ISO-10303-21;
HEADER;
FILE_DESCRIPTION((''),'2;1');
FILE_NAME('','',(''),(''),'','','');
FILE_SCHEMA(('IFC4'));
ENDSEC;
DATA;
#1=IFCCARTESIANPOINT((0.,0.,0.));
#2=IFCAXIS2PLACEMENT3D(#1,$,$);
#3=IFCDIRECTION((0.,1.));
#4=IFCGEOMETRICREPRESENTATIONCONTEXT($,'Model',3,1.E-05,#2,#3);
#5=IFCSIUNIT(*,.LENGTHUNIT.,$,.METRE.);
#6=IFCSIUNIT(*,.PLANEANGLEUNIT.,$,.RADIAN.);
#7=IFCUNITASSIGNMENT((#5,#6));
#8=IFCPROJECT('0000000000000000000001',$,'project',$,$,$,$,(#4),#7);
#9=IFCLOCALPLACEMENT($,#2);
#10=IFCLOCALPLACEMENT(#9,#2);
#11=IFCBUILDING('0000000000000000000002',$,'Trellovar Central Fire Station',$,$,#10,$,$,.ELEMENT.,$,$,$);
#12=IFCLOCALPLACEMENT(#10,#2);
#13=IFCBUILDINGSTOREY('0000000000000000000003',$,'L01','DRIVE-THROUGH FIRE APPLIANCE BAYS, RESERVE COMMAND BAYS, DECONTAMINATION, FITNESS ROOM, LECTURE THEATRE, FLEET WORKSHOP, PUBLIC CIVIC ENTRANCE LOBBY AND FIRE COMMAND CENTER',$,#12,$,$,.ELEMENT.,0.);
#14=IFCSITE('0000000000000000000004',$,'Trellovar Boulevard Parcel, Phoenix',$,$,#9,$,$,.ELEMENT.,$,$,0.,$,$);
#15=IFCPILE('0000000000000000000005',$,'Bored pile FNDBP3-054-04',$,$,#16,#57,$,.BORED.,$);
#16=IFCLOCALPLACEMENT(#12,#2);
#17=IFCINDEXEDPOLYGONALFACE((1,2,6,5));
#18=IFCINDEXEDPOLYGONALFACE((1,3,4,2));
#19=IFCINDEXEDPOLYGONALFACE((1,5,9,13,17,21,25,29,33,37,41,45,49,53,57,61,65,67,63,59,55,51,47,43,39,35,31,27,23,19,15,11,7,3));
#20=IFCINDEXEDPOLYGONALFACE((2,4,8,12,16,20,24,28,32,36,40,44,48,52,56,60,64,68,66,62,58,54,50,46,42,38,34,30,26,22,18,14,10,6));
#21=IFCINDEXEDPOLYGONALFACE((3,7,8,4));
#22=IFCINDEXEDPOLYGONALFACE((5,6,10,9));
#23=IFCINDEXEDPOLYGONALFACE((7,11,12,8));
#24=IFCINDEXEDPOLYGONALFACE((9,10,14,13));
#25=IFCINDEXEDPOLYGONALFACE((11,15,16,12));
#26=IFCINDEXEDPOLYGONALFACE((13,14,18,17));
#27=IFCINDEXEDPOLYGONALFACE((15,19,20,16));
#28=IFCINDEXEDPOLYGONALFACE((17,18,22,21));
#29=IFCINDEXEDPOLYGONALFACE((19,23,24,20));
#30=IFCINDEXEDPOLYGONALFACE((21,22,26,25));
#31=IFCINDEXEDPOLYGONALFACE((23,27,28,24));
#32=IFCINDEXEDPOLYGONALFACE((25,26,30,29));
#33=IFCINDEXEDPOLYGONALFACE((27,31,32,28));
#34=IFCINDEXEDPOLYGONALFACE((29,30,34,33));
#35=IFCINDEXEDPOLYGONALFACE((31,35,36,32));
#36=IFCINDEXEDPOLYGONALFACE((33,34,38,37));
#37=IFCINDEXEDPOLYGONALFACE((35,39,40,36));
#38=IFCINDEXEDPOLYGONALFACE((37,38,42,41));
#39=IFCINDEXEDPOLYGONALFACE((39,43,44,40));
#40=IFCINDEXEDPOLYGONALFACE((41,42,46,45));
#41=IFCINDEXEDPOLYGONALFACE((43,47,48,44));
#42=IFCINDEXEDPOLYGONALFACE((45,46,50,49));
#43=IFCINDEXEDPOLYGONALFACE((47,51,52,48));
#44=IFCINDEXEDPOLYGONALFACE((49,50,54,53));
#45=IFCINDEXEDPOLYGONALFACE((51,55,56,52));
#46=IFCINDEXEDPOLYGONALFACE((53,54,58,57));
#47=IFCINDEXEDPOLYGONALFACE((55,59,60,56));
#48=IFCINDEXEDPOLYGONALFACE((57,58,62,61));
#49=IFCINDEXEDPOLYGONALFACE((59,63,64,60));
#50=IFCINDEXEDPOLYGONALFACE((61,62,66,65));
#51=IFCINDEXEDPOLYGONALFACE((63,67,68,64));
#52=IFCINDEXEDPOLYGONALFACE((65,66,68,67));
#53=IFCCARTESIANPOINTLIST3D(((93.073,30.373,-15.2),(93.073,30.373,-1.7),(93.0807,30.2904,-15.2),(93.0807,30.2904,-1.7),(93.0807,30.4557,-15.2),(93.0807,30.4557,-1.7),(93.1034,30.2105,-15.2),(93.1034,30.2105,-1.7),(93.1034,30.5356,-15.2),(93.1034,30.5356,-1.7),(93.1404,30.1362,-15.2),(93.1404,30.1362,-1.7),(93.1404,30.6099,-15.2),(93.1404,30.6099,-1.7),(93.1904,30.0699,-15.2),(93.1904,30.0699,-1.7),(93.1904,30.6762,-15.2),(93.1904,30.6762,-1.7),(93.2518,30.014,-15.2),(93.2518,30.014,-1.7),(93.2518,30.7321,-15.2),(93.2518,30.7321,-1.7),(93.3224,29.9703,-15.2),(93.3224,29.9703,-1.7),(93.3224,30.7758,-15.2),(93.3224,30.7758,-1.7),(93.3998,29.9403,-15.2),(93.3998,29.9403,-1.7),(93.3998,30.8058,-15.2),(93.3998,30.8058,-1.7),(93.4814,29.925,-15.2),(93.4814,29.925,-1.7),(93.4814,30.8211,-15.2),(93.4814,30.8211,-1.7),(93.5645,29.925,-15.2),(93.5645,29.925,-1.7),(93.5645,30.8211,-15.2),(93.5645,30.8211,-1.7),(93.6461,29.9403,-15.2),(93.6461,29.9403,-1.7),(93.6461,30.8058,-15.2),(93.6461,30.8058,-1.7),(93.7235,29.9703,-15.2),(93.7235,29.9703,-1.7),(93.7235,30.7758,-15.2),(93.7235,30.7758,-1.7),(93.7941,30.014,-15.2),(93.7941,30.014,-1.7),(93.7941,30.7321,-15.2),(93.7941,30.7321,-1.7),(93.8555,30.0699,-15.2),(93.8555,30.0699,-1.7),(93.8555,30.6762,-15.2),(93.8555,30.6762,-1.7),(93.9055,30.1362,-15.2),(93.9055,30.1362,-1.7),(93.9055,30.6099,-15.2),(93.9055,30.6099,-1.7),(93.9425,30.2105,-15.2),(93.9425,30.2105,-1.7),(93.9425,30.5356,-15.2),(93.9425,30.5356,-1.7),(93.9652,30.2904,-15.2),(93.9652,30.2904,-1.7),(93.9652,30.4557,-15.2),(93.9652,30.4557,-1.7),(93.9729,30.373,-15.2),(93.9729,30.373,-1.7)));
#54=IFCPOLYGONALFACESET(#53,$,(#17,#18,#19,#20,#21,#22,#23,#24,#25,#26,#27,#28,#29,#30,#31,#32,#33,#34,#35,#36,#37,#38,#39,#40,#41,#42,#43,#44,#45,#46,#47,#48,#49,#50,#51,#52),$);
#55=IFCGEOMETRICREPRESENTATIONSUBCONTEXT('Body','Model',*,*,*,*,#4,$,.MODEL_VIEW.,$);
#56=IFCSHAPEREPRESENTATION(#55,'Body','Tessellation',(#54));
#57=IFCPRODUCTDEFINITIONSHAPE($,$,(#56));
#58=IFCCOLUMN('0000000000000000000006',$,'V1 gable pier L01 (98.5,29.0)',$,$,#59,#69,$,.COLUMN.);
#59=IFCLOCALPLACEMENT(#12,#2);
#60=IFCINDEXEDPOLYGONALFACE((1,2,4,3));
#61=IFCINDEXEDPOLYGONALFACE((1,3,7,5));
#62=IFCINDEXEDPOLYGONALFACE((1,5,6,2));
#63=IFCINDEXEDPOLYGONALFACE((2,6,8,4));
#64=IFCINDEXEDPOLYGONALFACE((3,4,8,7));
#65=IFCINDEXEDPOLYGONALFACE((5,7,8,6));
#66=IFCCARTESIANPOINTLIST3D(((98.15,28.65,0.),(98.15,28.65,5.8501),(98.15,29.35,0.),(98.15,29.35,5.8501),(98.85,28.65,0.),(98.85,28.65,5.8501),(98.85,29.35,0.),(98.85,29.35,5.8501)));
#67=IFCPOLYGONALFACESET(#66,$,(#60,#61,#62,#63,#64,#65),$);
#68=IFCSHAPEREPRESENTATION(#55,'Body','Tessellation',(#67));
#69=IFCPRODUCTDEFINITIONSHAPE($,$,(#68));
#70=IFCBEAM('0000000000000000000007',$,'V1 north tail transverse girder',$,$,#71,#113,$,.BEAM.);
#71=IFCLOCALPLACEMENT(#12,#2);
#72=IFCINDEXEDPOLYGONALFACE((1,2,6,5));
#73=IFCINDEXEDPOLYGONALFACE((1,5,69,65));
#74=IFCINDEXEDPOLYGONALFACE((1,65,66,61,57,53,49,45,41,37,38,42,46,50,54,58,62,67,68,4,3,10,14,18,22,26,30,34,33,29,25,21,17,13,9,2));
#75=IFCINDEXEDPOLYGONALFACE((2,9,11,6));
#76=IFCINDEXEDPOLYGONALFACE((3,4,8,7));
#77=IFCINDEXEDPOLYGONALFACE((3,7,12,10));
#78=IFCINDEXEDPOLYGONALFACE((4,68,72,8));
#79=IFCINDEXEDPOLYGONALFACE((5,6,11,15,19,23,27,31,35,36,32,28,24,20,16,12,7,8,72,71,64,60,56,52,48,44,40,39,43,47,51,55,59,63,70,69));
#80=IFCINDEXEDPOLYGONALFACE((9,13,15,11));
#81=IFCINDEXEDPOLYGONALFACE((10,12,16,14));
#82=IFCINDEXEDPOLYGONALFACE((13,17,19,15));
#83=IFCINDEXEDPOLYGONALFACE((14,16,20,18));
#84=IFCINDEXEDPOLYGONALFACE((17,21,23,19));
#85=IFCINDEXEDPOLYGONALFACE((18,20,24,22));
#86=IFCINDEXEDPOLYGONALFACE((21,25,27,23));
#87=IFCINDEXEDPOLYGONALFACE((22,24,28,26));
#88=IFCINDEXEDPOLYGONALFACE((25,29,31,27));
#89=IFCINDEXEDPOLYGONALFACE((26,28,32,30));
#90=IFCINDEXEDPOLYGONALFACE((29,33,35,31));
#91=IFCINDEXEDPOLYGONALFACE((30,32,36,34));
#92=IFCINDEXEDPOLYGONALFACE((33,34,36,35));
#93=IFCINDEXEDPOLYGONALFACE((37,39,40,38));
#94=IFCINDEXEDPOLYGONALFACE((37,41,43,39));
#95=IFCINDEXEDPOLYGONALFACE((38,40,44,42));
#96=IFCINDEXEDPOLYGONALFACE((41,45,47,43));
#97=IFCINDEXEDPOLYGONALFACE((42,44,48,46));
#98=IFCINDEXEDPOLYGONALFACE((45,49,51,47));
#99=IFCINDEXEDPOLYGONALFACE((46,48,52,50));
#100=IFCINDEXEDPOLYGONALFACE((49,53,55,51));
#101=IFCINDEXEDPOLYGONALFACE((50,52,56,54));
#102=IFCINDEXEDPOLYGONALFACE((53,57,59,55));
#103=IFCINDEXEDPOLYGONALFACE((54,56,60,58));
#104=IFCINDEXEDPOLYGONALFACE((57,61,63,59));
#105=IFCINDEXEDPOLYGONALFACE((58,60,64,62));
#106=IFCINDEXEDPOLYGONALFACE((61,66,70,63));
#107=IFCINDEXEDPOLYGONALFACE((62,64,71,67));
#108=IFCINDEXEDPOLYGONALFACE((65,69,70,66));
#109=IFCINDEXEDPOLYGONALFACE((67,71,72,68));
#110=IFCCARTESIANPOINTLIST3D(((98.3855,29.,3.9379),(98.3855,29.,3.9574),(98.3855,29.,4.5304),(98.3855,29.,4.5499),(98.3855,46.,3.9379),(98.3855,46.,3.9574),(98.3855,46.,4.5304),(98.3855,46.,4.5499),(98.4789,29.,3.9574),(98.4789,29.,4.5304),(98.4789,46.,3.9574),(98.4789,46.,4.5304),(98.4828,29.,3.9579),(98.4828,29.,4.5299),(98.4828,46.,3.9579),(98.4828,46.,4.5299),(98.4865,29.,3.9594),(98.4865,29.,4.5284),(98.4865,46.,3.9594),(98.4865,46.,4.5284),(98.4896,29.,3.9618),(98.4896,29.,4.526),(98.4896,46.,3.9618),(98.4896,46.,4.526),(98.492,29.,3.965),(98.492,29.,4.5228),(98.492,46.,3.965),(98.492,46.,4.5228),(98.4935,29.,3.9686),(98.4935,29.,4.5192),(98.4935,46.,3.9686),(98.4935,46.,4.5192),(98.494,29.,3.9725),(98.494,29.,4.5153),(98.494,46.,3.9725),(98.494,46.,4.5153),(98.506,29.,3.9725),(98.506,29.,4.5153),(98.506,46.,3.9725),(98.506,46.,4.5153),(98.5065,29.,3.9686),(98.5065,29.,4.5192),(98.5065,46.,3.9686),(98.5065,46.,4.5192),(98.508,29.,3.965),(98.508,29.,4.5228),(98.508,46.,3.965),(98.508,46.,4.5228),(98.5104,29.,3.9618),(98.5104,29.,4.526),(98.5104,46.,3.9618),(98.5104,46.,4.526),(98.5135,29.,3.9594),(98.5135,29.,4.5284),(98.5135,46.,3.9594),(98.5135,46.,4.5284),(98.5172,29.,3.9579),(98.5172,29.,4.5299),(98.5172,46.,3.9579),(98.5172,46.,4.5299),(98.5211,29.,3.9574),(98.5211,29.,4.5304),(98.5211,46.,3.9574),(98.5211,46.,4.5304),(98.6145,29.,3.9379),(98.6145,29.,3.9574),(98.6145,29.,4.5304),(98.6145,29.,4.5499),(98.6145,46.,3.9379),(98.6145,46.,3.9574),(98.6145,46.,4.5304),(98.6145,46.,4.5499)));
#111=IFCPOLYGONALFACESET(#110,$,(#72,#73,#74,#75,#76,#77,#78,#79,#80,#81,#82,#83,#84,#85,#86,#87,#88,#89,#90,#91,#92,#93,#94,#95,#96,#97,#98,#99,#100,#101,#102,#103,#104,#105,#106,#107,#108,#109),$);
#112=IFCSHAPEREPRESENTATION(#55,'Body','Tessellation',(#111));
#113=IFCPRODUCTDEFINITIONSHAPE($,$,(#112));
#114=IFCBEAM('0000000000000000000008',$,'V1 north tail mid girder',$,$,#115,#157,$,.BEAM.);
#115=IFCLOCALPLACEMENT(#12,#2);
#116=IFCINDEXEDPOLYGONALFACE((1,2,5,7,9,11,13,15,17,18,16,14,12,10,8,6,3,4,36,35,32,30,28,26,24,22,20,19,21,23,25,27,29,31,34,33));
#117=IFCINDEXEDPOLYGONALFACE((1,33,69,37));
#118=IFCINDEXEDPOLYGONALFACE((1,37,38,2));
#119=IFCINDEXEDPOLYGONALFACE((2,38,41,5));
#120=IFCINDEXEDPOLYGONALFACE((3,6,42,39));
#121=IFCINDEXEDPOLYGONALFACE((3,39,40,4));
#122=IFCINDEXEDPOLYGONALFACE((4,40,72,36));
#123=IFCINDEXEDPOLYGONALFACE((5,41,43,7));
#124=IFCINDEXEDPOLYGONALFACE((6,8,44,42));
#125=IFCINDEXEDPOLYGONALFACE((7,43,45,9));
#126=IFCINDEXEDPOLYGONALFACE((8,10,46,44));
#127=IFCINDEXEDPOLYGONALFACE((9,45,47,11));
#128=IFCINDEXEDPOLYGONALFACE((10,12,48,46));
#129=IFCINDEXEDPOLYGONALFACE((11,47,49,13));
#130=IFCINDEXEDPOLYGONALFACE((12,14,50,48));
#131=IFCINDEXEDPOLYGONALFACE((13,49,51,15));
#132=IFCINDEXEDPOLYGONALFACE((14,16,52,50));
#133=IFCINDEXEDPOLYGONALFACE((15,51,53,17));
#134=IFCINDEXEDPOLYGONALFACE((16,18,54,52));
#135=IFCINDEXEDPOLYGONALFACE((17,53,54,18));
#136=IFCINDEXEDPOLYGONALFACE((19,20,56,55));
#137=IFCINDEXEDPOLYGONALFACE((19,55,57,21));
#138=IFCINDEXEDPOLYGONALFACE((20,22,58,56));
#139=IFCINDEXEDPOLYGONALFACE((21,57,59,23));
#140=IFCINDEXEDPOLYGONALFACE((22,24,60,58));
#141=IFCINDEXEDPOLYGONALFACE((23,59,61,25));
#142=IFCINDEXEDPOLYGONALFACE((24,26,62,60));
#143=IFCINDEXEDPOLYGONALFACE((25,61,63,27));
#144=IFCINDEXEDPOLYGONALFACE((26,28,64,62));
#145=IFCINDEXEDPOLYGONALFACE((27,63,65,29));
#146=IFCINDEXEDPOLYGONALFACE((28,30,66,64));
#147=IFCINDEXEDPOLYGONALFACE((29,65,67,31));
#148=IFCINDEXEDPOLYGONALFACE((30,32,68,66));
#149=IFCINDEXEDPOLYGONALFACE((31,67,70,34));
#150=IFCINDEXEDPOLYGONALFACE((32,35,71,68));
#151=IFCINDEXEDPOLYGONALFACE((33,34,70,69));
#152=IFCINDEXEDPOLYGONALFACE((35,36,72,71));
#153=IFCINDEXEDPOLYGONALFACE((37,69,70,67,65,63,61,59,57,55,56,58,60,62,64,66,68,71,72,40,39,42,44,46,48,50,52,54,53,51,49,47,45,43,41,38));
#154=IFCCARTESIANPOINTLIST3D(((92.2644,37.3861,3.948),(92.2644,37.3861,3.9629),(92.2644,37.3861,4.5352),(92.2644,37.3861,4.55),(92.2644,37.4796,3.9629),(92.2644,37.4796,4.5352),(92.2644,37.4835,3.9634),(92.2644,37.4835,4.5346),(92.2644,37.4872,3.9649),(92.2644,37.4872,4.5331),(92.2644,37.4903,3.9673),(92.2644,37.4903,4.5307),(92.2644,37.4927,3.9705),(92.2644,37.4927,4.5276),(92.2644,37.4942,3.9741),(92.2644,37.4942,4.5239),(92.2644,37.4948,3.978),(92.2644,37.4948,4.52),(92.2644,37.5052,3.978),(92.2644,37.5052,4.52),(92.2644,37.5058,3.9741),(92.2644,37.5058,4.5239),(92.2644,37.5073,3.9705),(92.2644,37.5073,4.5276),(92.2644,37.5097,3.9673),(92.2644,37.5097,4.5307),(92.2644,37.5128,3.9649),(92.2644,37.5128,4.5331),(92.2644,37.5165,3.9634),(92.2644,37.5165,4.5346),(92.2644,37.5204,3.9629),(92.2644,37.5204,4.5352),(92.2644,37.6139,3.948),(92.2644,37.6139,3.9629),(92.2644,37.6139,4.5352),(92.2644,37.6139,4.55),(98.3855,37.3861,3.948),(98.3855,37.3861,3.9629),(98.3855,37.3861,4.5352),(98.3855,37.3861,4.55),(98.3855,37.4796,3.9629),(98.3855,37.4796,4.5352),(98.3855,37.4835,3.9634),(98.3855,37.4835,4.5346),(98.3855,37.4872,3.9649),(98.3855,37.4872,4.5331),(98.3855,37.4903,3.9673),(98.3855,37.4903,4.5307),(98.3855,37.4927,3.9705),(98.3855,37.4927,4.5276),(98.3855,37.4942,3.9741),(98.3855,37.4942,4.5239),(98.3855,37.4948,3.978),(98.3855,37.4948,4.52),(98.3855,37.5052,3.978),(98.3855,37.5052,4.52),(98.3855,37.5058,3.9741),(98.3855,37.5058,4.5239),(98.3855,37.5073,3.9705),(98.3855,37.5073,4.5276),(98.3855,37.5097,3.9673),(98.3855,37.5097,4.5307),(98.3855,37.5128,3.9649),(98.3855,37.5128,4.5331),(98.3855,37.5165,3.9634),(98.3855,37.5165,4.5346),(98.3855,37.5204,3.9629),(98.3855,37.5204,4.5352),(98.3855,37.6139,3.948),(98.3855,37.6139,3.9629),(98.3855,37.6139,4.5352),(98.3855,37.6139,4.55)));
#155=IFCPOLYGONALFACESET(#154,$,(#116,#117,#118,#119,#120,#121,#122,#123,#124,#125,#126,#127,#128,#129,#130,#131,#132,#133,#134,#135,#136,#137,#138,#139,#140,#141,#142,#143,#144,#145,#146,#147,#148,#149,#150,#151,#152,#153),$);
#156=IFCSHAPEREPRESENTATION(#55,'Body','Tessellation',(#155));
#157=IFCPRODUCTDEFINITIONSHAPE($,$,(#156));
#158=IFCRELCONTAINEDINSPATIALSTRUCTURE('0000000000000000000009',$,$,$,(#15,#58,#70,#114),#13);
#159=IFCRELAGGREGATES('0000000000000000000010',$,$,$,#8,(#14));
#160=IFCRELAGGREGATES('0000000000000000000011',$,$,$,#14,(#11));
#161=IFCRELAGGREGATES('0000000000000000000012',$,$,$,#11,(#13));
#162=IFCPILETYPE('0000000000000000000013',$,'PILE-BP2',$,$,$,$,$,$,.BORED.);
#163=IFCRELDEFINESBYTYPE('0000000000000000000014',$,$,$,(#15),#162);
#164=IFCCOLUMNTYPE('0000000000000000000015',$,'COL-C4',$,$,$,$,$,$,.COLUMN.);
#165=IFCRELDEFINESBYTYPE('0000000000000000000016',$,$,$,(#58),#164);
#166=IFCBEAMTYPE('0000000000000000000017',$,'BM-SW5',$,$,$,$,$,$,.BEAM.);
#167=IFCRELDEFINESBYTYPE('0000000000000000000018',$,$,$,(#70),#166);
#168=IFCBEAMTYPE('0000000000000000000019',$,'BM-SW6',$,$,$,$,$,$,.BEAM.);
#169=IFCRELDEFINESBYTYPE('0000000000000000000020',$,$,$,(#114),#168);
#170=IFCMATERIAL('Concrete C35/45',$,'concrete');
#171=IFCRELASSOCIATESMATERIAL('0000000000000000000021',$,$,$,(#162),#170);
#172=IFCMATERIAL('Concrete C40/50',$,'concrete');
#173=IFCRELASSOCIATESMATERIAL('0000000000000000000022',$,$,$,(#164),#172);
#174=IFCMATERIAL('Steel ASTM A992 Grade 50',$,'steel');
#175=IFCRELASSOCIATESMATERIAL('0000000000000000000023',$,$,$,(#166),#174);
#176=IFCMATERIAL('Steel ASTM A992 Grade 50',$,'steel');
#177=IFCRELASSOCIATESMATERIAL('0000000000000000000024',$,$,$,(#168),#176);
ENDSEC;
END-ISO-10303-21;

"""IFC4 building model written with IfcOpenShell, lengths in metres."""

from ifc_helpers import new_model, si_unit, direction, frame, origin, origin_2d, place, context, subcontext, project, spatial, rectangle, circle, i_section, extrude, material, material_profile, profile_set, type_object, element, save


model = new_model("IFC4")

# Units and contexts
model_context = context("Model", 3, precision=1e-05, world=origin(), true_north=direction((0.0, 1.0)))
body_context = subcontext(model_context, "Body", "Model", "MODEL_VIEW")
ifc_project = project(units=[si_unit("LENGTHUNIT", "METRE"), si_unit("PLANEANGLEUNIT", "RADIAN")], contexts=[model_context])

# Site, building, storey
site_placement = place(None, origin())
site = spatial("IfcSite", under=ifc_project, at=site_placement, Name="Trellovar Boulevard Parcel, Phoenix", CompositionType="ELEMENT", RefElevation=0.0)
building_placement = place(site_placement, origin())
building = spatial("IfcBuilding", under=site, at=building_placement, Name="Trellovar Central Fire Station", CompositionType="ELEMENT")
storey_placement = place(building_placement, origin())
storey = spatial("IfcBuildingStorey", under=building, at=storey_placement, Name="L01", Description="DRIVE-THROUGH FIRE APPLIANCE BAYS, RESERVE COMMAND BAYS, DECONTAMINATION, FITNESS ROOM, LECTURE THEATRE, FLEET WORKSHOP, PUBLIC CIVIC ENTRANCE LOBBY AND FIRE COMMAND CENTER", CompositionType="ELEMENT", Elevation=0.0)

# Pile
ifc_material_1 = material(Name="Concrete C35/45", Category="concrete")
ifc_material_profile_1 = material_profile(ifc_material_1, circle(Radius=0.45, at=origin_2d()), Name="PILE900")
ifc_profile_set_1 = profile_set([ifc_material_profile_1], Name="Concrete C35/45")
pile_type_1 = type_object("IfcPileType", Name="PILE-BP2", PredefinedType="BORED", material=ifc_profile_set_1)
for number, where, z_axis, x_axis, name in (
    (1, (93.5229, 30.373, -1.7), (0.0, 0.0, -1.0), (1.0, 0.0, 0.0), "Bored pile FNDBP3-054-04"),
):
    element("IfcPile", number, at=place(storey_placement, frame(where, z_axis=z_axis, x_axis=x_axis)), inside=storey, type_object=pile_type_1, Name=name, PredefinedType="BORED", context=body_context, shape_type="SweptSolid", body=[
        extrude(circle(Radius=0.45, at=origin_2d()), origin(), (0.0, 0.0, 1.0), 13.5),
    ])

# Column
ifc_material_2 = material(Name="Concrete C40/50", Category="concrete")
ifc_material_profile_2 = material_profile(ifc_material_2, rectangle(XDim=0.7, YDim=0.7, at=origin_2d()), Name="RC700X700")
ifc_profile_set_2 = profile_set([ifc_material_profile_2], Name="Concrete C40/50")
column_type = type_object("IfcColumnType", Name="COL-C4", PredefinedType="COLUMN", material=ifc_profile_set_2)
column_placement = place(storey_placement, frame((98.5, 29.0, 0.0), z_axis=(0.0, 0.0, 1.0), x_axis=(1.0, 0.0, 0.0)))
element("IfcColumn", 2, at=column_placement, inside=storey, type_object=column_type, Name="V1 gable pier L01 (98.5,29.0)", PredefinedType="COLUMN", context=body_context, shape_type="SweptSolid", body=[
    extrude(rectangle(XDim=0.7, YDim=0.7, at=origin_2d()), origin(), (0.0, 0.0, 1.0), 5.8501),
])

# Beams
ifc_material_3 = material(Name="Steel ASTM A992 Grade 50", Category="steel")
ifc_material_profile_3 = material_profile(ifc_material_3, i_section(OverallWidth=0.229, OverallDepth=0.6121, WebThickness=0.012, FlangeThickness=0.0195, FilletRadius=0.0151, at=origin_2d()), Name="W24X84")
ifc_profile_set_3 = profile_set([ifc_material_profile_3], Name="Steel ASTM A992 Grade 50")
beam_type_1 = type_object("IfcBeamType", Name="BM-SW5", PredefinedType="BEAM", material=ifc_profile_set_3)
beam_1_placement = place(storey_placement, frame((98.5, 29.0, 4.2439), z_axis=(0.0, 1.0, 0.0), x_axis=(-1.0, 0.0, 0.0)))
element("IfcBeam", 3, at=beam_1_placement, inside=storey, type_object=beam_type_1, Name="V1 north tail transverse girder", PredefinedType="BEAM", context=body_context, shape_type="SweptSolid", body=[
    extrude(i_section(OverallWidth=0.229, OverallDepth=0.6121, WebThickness=0.012, FlangeThickness=0.0195, FilletRadius=0.0151, at=origin_2d()), origin(), (0.0, 0.0, 1.0), 17.0),
])
ifc_material_4 = material(Name="Steel ASTM A992 Grade 50", Category="steel")
ifc_material_profile_4 = material_profile(ifc_material_4, i_section(OverallWidth=0.2278, OverallDepth=0.6021, WebThickness=0.0105, FlangeThickness=0.0149, FilletRadius=0.0151, at=origin_2d()), Name="W24X68")
ifc_profile_set_4 = profile_set([ifc_material_profile_4], Name="Steel ASTM A992 Grade 50")
beam_type_2 = type_object("IfcBeamType", Name="BM-SW6", PredefinedType="BEAM", material=ifc_profile_set_4)
beam_2_placement = place(storey_placement, frame((92.2644, 37.5, 4.249), z_axis=(1.0, 0.0, 0.0), x_axis=(0.0, 1.0, 0.0)))
element("IfcBeam", 4, at=beam_2_placement, inside=storey, type_object=beam_type_2, Name="V1 north tail mid girder", PredefinedType="BEAM", context=body_context, shape_type="SweptSolid", body=[
    extrude(i_section(OverallWidth=0.2278, OverallDepth=0.6021, WebThickness=0.0105, FlangeThickness=0.0149, FilletRadius=0.0151, at=origin_2d()), origin(), (0.0, 0.0, 1.0), 6.1211),
])

save(model, "model.ifc")
